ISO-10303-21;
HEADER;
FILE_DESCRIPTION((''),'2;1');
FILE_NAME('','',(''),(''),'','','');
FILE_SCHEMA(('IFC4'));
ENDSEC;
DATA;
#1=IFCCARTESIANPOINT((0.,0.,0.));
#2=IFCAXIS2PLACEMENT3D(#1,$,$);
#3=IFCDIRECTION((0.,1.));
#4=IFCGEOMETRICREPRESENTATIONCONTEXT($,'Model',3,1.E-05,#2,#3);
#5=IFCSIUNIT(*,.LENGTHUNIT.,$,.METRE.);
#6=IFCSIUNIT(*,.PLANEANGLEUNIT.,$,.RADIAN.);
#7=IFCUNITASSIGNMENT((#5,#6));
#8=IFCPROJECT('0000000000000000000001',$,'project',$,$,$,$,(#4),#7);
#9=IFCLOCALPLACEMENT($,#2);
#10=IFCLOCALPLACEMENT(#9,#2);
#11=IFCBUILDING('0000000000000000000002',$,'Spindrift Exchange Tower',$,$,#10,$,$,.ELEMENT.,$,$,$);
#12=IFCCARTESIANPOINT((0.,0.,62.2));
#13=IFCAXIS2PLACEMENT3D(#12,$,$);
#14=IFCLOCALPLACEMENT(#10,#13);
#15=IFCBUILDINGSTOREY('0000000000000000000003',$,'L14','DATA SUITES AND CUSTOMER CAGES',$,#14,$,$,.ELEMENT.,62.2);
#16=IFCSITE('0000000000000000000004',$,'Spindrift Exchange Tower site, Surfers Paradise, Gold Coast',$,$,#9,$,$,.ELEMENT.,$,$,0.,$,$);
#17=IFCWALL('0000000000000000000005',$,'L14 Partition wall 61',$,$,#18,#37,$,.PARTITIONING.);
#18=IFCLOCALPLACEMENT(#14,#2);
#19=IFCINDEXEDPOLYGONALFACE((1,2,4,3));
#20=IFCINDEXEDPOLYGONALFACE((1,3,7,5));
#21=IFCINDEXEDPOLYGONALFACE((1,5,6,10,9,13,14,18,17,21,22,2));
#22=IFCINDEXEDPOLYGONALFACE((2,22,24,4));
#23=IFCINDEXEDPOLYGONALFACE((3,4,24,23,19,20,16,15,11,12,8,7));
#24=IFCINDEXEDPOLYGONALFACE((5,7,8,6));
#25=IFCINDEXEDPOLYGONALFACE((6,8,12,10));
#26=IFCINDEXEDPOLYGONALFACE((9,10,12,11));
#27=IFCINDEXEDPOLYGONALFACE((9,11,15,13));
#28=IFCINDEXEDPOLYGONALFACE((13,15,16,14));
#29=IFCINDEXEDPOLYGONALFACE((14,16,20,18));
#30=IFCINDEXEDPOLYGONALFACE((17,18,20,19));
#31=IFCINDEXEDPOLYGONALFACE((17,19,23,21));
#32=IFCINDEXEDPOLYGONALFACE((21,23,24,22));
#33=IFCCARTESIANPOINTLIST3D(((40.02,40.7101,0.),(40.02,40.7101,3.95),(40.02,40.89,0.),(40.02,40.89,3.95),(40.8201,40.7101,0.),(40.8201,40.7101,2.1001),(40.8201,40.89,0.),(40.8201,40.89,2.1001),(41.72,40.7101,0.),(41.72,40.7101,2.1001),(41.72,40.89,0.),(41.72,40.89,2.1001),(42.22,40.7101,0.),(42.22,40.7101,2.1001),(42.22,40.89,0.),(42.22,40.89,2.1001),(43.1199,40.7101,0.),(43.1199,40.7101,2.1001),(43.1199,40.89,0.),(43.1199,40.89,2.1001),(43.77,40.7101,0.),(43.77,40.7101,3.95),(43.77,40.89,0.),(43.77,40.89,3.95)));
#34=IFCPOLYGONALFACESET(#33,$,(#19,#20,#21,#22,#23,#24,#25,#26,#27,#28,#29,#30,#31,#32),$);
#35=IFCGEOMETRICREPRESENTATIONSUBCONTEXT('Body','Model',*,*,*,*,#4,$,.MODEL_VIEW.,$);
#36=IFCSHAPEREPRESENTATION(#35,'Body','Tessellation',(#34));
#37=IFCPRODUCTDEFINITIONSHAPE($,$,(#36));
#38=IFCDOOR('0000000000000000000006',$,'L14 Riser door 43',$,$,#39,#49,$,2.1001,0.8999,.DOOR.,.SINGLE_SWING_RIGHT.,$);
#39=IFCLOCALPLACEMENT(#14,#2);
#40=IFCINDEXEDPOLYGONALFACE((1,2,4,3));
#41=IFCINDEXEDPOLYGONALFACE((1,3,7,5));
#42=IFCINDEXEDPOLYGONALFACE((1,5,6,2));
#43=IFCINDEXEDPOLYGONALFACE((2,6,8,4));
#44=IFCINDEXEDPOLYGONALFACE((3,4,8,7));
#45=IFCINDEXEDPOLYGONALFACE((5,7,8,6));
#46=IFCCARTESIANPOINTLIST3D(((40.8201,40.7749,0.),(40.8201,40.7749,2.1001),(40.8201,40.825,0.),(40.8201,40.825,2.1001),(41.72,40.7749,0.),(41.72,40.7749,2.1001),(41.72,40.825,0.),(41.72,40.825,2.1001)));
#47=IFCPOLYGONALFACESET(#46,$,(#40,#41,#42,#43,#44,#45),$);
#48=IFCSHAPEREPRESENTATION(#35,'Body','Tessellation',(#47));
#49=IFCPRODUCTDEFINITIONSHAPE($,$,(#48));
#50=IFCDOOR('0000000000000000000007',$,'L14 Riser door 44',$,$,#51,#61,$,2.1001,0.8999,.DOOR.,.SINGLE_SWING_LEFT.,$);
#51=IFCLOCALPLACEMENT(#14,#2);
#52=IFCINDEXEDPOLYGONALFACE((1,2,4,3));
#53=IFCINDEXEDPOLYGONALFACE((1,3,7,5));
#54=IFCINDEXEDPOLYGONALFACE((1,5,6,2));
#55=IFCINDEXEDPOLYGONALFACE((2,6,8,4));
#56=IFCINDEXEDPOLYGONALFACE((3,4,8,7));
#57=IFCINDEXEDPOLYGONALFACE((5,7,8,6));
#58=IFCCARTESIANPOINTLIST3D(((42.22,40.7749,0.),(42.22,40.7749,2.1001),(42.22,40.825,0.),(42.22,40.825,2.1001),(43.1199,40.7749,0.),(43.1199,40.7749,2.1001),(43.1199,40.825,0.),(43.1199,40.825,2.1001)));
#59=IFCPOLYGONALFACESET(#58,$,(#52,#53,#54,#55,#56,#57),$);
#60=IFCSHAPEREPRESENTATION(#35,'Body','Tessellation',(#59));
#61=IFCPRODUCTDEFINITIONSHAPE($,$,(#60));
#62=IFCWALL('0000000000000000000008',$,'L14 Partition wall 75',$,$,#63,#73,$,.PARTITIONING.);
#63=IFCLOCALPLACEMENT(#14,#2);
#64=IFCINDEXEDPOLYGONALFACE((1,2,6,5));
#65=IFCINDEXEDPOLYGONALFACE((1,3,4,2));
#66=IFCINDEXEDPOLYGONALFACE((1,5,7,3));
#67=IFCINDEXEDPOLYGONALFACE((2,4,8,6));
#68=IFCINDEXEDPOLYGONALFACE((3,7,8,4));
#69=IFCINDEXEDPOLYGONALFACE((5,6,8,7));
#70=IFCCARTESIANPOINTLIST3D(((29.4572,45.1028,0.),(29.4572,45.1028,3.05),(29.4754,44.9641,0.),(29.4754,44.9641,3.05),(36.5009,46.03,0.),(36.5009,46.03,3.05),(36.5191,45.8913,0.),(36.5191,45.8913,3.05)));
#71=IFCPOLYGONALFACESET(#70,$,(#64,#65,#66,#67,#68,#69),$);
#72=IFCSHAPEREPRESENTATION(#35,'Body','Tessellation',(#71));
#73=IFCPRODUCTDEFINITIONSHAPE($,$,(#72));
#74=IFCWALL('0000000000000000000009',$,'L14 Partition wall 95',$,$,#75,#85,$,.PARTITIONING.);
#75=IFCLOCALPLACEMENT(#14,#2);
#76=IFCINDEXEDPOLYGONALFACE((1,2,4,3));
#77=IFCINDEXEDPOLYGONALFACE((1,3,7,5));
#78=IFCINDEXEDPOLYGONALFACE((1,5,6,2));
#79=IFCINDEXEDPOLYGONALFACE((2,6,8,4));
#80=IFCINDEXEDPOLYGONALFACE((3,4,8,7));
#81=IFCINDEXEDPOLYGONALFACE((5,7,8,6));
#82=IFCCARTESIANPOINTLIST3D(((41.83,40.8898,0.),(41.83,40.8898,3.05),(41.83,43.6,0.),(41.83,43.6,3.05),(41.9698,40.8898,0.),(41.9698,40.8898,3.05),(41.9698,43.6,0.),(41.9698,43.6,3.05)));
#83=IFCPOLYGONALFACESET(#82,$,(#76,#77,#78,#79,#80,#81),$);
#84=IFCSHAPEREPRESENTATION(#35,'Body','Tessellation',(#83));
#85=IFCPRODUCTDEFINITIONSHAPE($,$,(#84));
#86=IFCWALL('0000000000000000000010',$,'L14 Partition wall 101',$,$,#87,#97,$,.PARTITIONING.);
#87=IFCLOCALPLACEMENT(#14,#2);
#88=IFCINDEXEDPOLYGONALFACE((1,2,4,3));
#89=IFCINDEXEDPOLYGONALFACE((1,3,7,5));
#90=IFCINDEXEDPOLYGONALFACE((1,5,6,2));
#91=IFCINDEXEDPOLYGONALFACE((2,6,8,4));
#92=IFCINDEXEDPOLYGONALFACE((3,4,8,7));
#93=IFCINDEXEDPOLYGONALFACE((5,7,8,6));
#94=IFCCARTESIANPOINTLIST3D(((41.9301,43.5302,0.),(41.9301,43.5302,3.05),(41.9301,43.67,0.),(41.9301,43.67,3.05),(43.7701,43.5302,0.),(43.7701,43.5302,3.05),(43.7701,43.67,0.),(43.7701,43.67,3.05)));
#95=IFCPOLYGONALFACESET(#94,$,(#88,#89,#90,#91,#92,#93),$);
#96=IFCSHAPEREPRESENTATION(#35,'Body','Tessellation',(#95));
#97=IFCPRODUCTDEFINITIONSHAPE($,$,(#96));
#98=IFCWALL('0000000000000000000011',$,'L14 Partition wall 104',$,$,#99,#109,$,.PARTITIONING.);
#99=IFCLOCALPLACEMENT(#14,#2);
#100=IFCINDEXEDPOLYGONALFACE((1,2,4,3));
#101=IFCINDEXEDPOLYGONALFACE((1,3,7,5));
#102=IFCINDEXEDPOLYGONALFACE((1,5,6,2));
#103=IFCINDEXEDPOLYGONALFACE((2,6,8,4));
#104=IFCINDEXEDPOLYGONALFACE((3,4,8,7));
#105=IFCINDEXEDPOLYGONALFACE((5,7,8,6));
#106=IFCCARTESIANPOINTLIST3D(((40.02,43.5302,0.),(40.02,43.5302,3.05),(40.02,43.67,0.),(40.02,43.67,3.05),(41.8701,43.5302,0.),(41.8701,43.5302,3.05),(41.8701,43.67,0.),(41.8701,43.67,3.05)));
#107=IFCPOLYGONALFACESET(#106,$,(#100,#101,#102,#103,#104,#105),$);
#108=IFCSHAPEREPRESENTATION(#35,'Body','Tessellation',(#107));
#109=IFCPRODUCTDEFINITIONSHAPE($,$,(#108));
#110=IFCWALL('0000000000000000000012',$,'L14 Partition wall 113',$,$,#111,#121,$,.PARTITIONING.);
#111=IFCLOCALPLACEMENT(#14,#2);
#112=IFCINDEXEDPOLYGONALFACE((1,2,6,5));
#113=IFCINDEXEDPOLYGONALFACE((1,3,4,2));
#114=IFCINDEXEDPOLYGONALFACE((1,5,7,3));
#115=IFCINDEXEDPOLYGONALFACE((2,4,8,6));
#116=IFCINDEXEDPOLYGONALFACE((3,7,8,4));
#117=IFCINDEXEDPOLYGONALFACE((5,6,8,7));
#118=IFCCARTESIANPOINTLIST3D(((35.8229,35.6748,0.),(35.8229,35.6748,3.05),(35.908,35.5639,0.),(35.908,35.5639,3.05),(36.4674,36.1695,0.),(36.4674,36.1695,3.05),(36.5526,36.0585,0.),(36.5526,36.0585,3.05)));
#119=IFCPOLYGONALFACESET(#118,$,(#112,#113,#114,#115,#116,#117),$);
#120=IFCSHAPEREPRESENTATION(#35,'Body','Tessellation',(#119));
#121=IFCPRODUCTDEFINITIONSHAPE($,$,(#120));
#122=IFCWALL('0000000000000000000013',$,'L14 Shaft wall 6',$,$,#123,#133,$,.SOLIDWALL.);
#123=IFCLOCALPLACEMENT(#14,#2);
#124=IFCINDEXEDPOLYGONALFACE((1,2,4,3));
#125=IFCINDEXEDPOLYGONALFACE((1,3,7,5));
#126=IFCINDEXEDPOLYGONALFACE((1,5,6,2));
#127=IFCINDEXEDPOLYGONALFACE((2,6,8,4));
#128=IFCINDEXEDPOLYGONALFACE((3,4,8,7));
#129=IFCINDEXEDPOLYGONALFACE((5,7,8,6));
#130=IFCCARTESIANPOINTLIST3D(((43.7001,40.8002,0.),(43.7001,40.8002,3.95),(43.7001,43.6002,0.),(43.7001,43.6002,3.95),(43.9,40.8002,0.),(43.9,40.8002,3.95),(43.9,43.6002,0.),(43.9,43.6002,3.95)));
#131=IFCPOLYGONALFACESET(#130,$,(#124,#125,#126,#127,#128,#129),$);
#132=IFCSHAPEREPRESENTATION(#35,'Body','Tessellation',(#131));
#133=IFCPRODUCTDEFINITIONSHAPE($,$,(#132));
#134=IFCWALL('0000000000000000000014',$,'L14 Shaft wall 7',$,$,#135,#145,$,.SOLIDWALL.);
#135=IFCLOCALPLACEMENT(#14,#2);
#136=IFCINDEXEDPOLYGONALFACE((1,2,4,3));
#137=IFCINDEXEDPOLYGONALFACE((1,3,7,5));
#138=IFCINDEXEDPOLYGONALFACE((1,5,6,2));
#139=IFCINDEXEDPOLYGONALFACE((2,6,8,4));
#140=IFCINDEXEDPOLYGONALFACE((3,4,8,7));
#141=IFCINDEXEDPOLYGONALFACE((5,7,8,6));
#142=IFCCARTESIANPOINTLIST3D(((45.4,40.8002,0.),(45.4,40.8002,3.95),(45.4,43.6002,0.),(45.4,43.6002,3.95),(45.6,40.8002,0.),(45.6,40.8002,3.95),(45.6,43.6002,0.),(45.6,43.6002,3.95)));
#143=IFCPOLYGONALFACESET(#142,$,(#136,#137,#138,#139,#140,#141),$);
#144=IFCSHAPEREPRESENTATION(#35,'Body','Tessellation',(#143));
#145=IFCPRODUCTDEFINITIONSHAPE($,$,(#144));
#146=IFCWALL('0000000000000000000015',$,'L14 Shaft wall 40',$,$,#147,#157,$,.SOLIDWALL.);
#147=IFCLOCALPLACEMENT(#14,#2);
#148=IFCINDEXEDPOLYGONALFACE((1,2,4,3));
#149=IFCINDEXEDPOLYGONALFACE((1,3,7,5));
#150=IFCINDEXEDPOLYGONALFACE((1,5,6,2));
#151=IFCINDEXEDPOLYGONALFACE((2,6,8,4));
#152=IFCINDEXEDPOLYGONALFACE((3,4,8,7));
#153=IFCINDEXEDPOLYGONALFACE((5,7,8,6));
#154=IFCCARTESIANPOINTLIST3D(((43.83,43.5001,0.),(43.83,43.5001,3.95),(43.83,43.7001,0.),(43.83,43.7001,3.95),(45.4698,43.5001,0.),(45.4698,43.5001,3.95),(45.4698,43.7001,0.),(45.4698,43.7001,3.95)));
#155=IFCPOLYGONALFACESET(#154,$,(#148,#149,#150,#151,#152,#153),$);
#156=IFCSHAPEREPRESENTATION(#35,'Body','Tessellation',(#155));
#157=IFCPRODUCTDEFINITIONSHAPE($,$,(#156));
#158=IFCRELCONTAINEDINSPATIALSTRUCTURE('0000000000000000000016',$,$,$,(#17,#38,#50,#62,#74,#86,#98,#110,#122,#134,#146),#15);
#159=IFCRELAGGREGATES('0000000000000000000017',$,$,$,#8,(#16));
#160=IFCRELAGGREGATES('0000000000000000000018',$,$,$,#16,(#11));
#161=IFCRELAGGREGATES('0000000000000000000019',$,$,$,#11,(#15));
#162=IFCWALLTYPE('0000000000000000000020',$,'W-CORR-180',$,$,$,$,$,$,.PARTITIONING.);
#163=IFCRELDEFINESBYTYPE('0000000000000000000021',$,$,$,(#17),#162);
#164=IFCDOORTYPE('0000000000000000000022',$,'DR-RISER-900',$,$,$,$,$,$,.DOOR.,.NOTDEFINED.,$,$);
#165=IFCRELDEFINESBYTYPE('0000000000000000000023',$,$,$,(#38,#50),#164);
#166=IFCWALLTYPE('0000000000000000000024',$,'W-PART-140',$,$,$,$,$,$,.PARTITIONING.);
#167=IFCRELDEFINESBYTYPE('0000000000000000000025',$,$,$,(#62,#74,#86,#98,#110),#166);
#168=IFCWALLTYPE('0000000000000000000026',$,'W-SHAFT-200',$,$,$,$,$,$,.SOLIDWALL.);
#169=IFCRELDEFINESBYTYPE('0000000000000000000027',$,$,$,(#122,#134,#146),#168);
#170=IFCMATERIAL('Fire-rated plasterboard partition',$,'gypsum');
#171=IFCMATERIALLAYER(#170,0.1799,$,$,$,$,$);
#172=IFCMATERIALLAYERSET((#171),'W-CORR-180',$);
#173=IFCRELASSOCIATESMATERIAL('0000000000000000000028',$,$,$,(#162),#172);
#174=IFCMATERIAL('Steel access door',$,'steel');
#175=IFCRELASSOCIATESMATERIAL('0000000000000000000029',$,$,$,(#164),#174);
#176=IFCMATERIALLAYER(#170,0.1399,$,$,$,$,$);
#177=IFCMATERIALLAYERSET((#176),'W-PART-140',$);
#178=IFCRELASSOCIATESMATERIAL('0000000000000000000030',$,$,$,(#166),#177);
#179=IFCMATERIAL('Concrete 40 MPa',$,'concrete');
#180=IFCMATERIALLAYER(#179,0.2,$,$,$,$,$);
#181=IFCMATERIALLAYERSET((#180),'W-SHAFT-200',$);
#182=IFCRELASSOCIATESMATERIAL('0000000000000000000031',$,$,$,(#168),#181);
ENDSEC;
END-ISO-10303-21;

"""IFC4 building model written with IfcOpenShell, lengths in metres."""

from ifc_helpers import new_model, si_unit, direction, frame, frame_2d, origin, place, context, subcontext, project, spatial, rectangle, extrude, source, transform, mapped, material, layer, layer_set, type_object, element, fill, save


model = new_model("IFC4")

# Units and contexts
model_context = context("Model", 3, precision=1e-05, world=origin(), true_north=direction((0.0, 1.0)))
body_context = subcontext(model_context, "Body", "Model", "MODEL_VIEW")
ifc_project = project(units=[si_unit("LENGTHUNIT", "METRE"), si_unit("PLANEANGLEUNIT", "RADIAN")], contexts=[model_context])

# Site, building, storey
site_placement = place(None, origin())
site = spatial("IfcSite", under=ifc_project, at=site_placement, Name="Spindrift Exchange Tower site, Surfers Paradise, Gold Coast", CompositionType="ELEMENT", RefElevation=0.0)
building_placement = place(site_placement, origin())
building = spatial("IfcBuilding", under=site, at=building_placement, Name="Spindrift Exchange Tower", CompositionType="ELEMENT")
storey_placement = place(building_placement, frame((0.0, 0.0, 62.2)))
storey = spatial("IfcBuildingStorey", under=building, at=storey_placement, Name="L14", Description="DATA SUITES AND CUSTOMER CAGES", CompositionType="ELEMENT", Elevation=62.2)

# Wall, openings, doors
ifc_material_1 = material(Name="Fire-rated plasterboard partition", Category="gypsum")
ifc_layer_1 = layer(ifc_material_1, 0.1799)
ifc_layer_set_1 = layer_set([ifc_layer_1], Name="W-CORR-180")
wall_type_1 = type_object("IfcWallType", Name="W-CORR-180", PredefinedType="PARTITIONING", material=ifc_layer_set_1)
wall_1_placement = place(storey_placement, frame((40.02, 40.8, 0.0), z_axis=(0.0, 0.0, 1.0), x_axis=(1.0, 0.0, 0.0)))
wall_1 = element("IfcWall", 1, at=wall_1_placement, inside=storey, type_object=wall_type_1, Name="L14 Partition wall 61", PredefinedType="PARTITIONING", context=body_context, shape_type="SweptSolid", body=[
    extrude(rectangle(XDim=3.75, YDim=0.1799, at=frame_2d((1.875, 0.0))), origin(), (0.0, 0.0, 1.0), 3.95),
])
opening_1_placement = place(wall_1_placement, frame((0.8, 0.0, 0.0)))
opening_1 = element("IfcOpeningElement", 2, at=opening_1_placement, cuts=wall_1, PredefinedType="OPENING", context=body_context, shape_type="SweptSolid", body=[
    extrude(rectangle(XDim=0.8999, YDim=2.1001, at=frame_2d((0.45, 1.05))), frame((0.0, 0.0999, 0.0), z_axis=(0.0, -1.0, 0.0), x_axis=(1.0, 0.0, 0.0)), (0.0, 0.0, 1.0), 0.2),
])
opening_2_placement = place(wall_1_placement, frame((2.2, 0.0, 0.0)))
opening_2 = element("IfcOpeningElement", 3, at=opening_2_placement, cuts=wall_1, PredefinedType="OPENING", context=body_context, shape_type="SweptSolid", body=[
    extrude(rectangle(XDim=0.8999, YDim=2.1001, at=frame_2d((0.45, 1.05))), frame((0.0, 0.0999, 0.0), z_axis=(0.0, -1.0, 0.0), x_axis=(1.0, 0.0, 0.0)), (0.0, 0.0, 1.0), 0.2),
])
ifc_material_2 = material(Name="Steel access door", Category="steel")
door_type_1 = type_object("IfcDoorType", Name="DR-RISER-900", OperationType="NOTDEFINED", PredefinedType="DOOR", material=ifc_material_2)
shared_shape_1 = source(origin(), body_context, "Body", "SweptSolid", [
    extrude(rectangle(XDim=0.8999, YDim=2.1001, at=frame_2d((0.45, 1.05))), frame((0.0, 0.0249, 0.0), z_axis=(0.0, -1.0, 0.0), x_axis=(1.0, 0.0, 0.0)), (0.0, 0.0, 1.0), 0.05),
])
door_1_placement = place(opening_1_placement, origin())
door_1 = element("IfcDoor", 4, at=door_1_placement, inside=storey, type_object=door_type_1, Name="L14 Riser door 43", OperationType="SINGLE_SWING_RIGHT", OverallHeight=2.1001, OverallWidth=0.8999, PredefinedType="DOOR", context=body_context, shape_type="MappedRepresentation", body=[
    mapped(shared_shape_1, transform((0.0, 0.0, 0.0), scale=1.0)),
])
fill(opening_1, door_1)
door_2_placement = place(opening_2_placement, origin())
door_2 = element("IfcDoor", 5, at=door_2_placement, inside=storey, type_object=door_type_1, Name="L14 Riser door 44", OperationType="SINGLE_SWING_LEFT", OverallHeight=2.1001, OverallWidth=0.8999, PredefinedType="DOOR", context=body_context, shape_type="MappedRepresentation", body=[
    mapped(shared_shape_1, transform((0.0, 0.0, 0.0), scale=1.0)),
])
fill(opening_2, door_2)

# Walls
ifc_layer_2 = layer(ifc_material_1, 0.1399)
ifc_layer_set_2 = layer_set([ifc_layer_2], Name="W-PART-140")
wall_type_2 = type_object("IfcWallType", Name="W-PART-140", PredefinedType="PARTITIONING", material=ifc_layer_set_2)
wall_2_placement = place(storey_placement, frame((36.51, 45.9607, 0.0), z_axis=(0.0, 0.0, 1.0), x_axis=(-0.991446, -0.130516, 0.0)))
element("IfcWall", 6, at=wall_2_placement, inside=storey, type_object=wall_type_2, Name="L14 Partition wall 75", PredefinedType="PARTITIONING", context=body_context, shape_type="SweptSolid", body=[
    extrude(rectangle(XDim=7.1045, YDim=0.1399, at=frame_2d((3.5522, 0.0))), origin(), (0.0, 0.0, 1.0), 3.05),
])
wall_3_placement = place(storey_placement, frame((41.8999, 40.8899, 0.0), z_axis=(0.0, 0.0, 1.0), x_axis=(0.0, 1.0, 0.0)))
element("IfcWall", 7, at=wall_3_placement, inside=storey, type_object=wall_type_2, Name="L14 Partition wall 95", PredefinedType="PARTITIONING", context=body_context, shape_type="SweptSolid", body=[
    extrude(rectangle(XDim=2.7102, YDim=0.1399, at=frame_2d((1.355, 0.0))), origin(), (0.0, 0.0, 1.0), 3.05),
])
wall_4_placement = place(storey_placement, frame((43.77, 43.6001, 0.0), z_axis=(0.0, 0.0, 1.0), x_axis=(-1.0, 0.0, 0.0)))
element("IfcWall", 8, at=wall_4_placement, inside=storey, type_object=wall_type_2, Name="L14 Partition wall 101", PredefinedType="PARTITIONING", context=body_context, shape_type="SweptSolid", body=[
    extrude(rectangle(XDim=1.8401, YDim=0.1399, at=frame_2d((0.9199, 0.0))), origin(), (0.0, 0.0, 1.0), 3.05),
])
wall_5_placement = place(storey_placement, frame((41.8701, 43.6001, 0.0), z_axis=(0.0, 0.0, 1.0), x_axis=(-1.0, 0.0, 0.0)))
element("IfcWall", 9, at=wall_5_placement, inside=storey, type_object=wall_type_2, Name="L14 Partition wall 104", PredefinedType="PARTITIONING", context=body_context, shape_type="SweptSolid", body=[
    extrude(rectangle(XDim=1.8501, YDim=0.1399, at=frame_2d((0.925, 0.0))), origin(), (0.0, 0.0, 1.0), 3.05),
])
wall_6_placement = place(storey_placement, frame((36.51, 36.114, 0.0), z_axis=(0.0, 0.0, 1.0), x_axis=(-0.793316, -0.60881, 0.0)))
element("IfcWall", 10, at=wall_6_placement, inside=storey, type_object=wall_type_2, Name="L14 Partition wall 113", PredefinedType="PARTITIONING", context=body_context, shape_type="SweptSolid", body=[
    extrude(rectangle(XDim=0.8125, YDim=0.1399, at=frame_2d((0.4062, 0.0))), origin(), (0.0, 0.0, 1.0), 3.05),
])
ifc_material_3 = material(Name="Concrete 40 MPa", Category="concrete")
ifc_layer_3 = layer(ifc_material_3, 0.2)
ifc_layer_set_3 = layer_set([ifc_layer_3], Name="W-SHAFT-200")
wall_type_3 = type_object("IfcWallType", Name="W-SHAFT-200", PredefinedType="SOLIDWALL", material=ifc_layer_set_3)
for number, where, z_axis, x_axis, name in (
    (11, (43.8, 43.6001, 0.0), (0.0, 0.0, 1.0), (0.0, -1.0, 0.0), "L14 Shaft wall 6"),
    (12, (45.5, 43.6001, 0.0), (0.0, 0.0, 1.0), (0.0, -1.0, 0.0), "L14 Shaft wall 7"),
):
    element("IfcWall", number, at=place(storey_placement, frame(where, z_axis=z_axis, x_axis=x_axis)), inside=storey, type_object=wall_type_3, Name=name, PredefinedType="SOLIDWALL", context=body_context, shape_type="SweptSolid", body=[
        extrude(rectangle(XDim=2.8, YDim=0.2, at=frame_2d((1.3999, 0.0))), origin(), (0.0, 0.0, 1.0), 3.95),
    ])
wall_7_placement = place(storey_placement, frame((43.8301, 43.6001, 0.0), z_axis=(0.0, 0.0, 1.0), x_axis=(1.0, 0.0, 0.0)))
element("IfcWall", 13, at=wall_7_placement, inside=storey, type_object=wall_type_3, Name="L14 Shaft wall 40", PredefinedType="SOLIDWALL", context=body_context, shape_type="SweptSolid", body=[
    extrude(rectangle(XDim=1.6399, YDim=0.2, at=frame_2d((0.8198, 0.0))), origin(), (0.0, 0.0, 1.0), 3.95),
])

save(model, "model.ifc")
